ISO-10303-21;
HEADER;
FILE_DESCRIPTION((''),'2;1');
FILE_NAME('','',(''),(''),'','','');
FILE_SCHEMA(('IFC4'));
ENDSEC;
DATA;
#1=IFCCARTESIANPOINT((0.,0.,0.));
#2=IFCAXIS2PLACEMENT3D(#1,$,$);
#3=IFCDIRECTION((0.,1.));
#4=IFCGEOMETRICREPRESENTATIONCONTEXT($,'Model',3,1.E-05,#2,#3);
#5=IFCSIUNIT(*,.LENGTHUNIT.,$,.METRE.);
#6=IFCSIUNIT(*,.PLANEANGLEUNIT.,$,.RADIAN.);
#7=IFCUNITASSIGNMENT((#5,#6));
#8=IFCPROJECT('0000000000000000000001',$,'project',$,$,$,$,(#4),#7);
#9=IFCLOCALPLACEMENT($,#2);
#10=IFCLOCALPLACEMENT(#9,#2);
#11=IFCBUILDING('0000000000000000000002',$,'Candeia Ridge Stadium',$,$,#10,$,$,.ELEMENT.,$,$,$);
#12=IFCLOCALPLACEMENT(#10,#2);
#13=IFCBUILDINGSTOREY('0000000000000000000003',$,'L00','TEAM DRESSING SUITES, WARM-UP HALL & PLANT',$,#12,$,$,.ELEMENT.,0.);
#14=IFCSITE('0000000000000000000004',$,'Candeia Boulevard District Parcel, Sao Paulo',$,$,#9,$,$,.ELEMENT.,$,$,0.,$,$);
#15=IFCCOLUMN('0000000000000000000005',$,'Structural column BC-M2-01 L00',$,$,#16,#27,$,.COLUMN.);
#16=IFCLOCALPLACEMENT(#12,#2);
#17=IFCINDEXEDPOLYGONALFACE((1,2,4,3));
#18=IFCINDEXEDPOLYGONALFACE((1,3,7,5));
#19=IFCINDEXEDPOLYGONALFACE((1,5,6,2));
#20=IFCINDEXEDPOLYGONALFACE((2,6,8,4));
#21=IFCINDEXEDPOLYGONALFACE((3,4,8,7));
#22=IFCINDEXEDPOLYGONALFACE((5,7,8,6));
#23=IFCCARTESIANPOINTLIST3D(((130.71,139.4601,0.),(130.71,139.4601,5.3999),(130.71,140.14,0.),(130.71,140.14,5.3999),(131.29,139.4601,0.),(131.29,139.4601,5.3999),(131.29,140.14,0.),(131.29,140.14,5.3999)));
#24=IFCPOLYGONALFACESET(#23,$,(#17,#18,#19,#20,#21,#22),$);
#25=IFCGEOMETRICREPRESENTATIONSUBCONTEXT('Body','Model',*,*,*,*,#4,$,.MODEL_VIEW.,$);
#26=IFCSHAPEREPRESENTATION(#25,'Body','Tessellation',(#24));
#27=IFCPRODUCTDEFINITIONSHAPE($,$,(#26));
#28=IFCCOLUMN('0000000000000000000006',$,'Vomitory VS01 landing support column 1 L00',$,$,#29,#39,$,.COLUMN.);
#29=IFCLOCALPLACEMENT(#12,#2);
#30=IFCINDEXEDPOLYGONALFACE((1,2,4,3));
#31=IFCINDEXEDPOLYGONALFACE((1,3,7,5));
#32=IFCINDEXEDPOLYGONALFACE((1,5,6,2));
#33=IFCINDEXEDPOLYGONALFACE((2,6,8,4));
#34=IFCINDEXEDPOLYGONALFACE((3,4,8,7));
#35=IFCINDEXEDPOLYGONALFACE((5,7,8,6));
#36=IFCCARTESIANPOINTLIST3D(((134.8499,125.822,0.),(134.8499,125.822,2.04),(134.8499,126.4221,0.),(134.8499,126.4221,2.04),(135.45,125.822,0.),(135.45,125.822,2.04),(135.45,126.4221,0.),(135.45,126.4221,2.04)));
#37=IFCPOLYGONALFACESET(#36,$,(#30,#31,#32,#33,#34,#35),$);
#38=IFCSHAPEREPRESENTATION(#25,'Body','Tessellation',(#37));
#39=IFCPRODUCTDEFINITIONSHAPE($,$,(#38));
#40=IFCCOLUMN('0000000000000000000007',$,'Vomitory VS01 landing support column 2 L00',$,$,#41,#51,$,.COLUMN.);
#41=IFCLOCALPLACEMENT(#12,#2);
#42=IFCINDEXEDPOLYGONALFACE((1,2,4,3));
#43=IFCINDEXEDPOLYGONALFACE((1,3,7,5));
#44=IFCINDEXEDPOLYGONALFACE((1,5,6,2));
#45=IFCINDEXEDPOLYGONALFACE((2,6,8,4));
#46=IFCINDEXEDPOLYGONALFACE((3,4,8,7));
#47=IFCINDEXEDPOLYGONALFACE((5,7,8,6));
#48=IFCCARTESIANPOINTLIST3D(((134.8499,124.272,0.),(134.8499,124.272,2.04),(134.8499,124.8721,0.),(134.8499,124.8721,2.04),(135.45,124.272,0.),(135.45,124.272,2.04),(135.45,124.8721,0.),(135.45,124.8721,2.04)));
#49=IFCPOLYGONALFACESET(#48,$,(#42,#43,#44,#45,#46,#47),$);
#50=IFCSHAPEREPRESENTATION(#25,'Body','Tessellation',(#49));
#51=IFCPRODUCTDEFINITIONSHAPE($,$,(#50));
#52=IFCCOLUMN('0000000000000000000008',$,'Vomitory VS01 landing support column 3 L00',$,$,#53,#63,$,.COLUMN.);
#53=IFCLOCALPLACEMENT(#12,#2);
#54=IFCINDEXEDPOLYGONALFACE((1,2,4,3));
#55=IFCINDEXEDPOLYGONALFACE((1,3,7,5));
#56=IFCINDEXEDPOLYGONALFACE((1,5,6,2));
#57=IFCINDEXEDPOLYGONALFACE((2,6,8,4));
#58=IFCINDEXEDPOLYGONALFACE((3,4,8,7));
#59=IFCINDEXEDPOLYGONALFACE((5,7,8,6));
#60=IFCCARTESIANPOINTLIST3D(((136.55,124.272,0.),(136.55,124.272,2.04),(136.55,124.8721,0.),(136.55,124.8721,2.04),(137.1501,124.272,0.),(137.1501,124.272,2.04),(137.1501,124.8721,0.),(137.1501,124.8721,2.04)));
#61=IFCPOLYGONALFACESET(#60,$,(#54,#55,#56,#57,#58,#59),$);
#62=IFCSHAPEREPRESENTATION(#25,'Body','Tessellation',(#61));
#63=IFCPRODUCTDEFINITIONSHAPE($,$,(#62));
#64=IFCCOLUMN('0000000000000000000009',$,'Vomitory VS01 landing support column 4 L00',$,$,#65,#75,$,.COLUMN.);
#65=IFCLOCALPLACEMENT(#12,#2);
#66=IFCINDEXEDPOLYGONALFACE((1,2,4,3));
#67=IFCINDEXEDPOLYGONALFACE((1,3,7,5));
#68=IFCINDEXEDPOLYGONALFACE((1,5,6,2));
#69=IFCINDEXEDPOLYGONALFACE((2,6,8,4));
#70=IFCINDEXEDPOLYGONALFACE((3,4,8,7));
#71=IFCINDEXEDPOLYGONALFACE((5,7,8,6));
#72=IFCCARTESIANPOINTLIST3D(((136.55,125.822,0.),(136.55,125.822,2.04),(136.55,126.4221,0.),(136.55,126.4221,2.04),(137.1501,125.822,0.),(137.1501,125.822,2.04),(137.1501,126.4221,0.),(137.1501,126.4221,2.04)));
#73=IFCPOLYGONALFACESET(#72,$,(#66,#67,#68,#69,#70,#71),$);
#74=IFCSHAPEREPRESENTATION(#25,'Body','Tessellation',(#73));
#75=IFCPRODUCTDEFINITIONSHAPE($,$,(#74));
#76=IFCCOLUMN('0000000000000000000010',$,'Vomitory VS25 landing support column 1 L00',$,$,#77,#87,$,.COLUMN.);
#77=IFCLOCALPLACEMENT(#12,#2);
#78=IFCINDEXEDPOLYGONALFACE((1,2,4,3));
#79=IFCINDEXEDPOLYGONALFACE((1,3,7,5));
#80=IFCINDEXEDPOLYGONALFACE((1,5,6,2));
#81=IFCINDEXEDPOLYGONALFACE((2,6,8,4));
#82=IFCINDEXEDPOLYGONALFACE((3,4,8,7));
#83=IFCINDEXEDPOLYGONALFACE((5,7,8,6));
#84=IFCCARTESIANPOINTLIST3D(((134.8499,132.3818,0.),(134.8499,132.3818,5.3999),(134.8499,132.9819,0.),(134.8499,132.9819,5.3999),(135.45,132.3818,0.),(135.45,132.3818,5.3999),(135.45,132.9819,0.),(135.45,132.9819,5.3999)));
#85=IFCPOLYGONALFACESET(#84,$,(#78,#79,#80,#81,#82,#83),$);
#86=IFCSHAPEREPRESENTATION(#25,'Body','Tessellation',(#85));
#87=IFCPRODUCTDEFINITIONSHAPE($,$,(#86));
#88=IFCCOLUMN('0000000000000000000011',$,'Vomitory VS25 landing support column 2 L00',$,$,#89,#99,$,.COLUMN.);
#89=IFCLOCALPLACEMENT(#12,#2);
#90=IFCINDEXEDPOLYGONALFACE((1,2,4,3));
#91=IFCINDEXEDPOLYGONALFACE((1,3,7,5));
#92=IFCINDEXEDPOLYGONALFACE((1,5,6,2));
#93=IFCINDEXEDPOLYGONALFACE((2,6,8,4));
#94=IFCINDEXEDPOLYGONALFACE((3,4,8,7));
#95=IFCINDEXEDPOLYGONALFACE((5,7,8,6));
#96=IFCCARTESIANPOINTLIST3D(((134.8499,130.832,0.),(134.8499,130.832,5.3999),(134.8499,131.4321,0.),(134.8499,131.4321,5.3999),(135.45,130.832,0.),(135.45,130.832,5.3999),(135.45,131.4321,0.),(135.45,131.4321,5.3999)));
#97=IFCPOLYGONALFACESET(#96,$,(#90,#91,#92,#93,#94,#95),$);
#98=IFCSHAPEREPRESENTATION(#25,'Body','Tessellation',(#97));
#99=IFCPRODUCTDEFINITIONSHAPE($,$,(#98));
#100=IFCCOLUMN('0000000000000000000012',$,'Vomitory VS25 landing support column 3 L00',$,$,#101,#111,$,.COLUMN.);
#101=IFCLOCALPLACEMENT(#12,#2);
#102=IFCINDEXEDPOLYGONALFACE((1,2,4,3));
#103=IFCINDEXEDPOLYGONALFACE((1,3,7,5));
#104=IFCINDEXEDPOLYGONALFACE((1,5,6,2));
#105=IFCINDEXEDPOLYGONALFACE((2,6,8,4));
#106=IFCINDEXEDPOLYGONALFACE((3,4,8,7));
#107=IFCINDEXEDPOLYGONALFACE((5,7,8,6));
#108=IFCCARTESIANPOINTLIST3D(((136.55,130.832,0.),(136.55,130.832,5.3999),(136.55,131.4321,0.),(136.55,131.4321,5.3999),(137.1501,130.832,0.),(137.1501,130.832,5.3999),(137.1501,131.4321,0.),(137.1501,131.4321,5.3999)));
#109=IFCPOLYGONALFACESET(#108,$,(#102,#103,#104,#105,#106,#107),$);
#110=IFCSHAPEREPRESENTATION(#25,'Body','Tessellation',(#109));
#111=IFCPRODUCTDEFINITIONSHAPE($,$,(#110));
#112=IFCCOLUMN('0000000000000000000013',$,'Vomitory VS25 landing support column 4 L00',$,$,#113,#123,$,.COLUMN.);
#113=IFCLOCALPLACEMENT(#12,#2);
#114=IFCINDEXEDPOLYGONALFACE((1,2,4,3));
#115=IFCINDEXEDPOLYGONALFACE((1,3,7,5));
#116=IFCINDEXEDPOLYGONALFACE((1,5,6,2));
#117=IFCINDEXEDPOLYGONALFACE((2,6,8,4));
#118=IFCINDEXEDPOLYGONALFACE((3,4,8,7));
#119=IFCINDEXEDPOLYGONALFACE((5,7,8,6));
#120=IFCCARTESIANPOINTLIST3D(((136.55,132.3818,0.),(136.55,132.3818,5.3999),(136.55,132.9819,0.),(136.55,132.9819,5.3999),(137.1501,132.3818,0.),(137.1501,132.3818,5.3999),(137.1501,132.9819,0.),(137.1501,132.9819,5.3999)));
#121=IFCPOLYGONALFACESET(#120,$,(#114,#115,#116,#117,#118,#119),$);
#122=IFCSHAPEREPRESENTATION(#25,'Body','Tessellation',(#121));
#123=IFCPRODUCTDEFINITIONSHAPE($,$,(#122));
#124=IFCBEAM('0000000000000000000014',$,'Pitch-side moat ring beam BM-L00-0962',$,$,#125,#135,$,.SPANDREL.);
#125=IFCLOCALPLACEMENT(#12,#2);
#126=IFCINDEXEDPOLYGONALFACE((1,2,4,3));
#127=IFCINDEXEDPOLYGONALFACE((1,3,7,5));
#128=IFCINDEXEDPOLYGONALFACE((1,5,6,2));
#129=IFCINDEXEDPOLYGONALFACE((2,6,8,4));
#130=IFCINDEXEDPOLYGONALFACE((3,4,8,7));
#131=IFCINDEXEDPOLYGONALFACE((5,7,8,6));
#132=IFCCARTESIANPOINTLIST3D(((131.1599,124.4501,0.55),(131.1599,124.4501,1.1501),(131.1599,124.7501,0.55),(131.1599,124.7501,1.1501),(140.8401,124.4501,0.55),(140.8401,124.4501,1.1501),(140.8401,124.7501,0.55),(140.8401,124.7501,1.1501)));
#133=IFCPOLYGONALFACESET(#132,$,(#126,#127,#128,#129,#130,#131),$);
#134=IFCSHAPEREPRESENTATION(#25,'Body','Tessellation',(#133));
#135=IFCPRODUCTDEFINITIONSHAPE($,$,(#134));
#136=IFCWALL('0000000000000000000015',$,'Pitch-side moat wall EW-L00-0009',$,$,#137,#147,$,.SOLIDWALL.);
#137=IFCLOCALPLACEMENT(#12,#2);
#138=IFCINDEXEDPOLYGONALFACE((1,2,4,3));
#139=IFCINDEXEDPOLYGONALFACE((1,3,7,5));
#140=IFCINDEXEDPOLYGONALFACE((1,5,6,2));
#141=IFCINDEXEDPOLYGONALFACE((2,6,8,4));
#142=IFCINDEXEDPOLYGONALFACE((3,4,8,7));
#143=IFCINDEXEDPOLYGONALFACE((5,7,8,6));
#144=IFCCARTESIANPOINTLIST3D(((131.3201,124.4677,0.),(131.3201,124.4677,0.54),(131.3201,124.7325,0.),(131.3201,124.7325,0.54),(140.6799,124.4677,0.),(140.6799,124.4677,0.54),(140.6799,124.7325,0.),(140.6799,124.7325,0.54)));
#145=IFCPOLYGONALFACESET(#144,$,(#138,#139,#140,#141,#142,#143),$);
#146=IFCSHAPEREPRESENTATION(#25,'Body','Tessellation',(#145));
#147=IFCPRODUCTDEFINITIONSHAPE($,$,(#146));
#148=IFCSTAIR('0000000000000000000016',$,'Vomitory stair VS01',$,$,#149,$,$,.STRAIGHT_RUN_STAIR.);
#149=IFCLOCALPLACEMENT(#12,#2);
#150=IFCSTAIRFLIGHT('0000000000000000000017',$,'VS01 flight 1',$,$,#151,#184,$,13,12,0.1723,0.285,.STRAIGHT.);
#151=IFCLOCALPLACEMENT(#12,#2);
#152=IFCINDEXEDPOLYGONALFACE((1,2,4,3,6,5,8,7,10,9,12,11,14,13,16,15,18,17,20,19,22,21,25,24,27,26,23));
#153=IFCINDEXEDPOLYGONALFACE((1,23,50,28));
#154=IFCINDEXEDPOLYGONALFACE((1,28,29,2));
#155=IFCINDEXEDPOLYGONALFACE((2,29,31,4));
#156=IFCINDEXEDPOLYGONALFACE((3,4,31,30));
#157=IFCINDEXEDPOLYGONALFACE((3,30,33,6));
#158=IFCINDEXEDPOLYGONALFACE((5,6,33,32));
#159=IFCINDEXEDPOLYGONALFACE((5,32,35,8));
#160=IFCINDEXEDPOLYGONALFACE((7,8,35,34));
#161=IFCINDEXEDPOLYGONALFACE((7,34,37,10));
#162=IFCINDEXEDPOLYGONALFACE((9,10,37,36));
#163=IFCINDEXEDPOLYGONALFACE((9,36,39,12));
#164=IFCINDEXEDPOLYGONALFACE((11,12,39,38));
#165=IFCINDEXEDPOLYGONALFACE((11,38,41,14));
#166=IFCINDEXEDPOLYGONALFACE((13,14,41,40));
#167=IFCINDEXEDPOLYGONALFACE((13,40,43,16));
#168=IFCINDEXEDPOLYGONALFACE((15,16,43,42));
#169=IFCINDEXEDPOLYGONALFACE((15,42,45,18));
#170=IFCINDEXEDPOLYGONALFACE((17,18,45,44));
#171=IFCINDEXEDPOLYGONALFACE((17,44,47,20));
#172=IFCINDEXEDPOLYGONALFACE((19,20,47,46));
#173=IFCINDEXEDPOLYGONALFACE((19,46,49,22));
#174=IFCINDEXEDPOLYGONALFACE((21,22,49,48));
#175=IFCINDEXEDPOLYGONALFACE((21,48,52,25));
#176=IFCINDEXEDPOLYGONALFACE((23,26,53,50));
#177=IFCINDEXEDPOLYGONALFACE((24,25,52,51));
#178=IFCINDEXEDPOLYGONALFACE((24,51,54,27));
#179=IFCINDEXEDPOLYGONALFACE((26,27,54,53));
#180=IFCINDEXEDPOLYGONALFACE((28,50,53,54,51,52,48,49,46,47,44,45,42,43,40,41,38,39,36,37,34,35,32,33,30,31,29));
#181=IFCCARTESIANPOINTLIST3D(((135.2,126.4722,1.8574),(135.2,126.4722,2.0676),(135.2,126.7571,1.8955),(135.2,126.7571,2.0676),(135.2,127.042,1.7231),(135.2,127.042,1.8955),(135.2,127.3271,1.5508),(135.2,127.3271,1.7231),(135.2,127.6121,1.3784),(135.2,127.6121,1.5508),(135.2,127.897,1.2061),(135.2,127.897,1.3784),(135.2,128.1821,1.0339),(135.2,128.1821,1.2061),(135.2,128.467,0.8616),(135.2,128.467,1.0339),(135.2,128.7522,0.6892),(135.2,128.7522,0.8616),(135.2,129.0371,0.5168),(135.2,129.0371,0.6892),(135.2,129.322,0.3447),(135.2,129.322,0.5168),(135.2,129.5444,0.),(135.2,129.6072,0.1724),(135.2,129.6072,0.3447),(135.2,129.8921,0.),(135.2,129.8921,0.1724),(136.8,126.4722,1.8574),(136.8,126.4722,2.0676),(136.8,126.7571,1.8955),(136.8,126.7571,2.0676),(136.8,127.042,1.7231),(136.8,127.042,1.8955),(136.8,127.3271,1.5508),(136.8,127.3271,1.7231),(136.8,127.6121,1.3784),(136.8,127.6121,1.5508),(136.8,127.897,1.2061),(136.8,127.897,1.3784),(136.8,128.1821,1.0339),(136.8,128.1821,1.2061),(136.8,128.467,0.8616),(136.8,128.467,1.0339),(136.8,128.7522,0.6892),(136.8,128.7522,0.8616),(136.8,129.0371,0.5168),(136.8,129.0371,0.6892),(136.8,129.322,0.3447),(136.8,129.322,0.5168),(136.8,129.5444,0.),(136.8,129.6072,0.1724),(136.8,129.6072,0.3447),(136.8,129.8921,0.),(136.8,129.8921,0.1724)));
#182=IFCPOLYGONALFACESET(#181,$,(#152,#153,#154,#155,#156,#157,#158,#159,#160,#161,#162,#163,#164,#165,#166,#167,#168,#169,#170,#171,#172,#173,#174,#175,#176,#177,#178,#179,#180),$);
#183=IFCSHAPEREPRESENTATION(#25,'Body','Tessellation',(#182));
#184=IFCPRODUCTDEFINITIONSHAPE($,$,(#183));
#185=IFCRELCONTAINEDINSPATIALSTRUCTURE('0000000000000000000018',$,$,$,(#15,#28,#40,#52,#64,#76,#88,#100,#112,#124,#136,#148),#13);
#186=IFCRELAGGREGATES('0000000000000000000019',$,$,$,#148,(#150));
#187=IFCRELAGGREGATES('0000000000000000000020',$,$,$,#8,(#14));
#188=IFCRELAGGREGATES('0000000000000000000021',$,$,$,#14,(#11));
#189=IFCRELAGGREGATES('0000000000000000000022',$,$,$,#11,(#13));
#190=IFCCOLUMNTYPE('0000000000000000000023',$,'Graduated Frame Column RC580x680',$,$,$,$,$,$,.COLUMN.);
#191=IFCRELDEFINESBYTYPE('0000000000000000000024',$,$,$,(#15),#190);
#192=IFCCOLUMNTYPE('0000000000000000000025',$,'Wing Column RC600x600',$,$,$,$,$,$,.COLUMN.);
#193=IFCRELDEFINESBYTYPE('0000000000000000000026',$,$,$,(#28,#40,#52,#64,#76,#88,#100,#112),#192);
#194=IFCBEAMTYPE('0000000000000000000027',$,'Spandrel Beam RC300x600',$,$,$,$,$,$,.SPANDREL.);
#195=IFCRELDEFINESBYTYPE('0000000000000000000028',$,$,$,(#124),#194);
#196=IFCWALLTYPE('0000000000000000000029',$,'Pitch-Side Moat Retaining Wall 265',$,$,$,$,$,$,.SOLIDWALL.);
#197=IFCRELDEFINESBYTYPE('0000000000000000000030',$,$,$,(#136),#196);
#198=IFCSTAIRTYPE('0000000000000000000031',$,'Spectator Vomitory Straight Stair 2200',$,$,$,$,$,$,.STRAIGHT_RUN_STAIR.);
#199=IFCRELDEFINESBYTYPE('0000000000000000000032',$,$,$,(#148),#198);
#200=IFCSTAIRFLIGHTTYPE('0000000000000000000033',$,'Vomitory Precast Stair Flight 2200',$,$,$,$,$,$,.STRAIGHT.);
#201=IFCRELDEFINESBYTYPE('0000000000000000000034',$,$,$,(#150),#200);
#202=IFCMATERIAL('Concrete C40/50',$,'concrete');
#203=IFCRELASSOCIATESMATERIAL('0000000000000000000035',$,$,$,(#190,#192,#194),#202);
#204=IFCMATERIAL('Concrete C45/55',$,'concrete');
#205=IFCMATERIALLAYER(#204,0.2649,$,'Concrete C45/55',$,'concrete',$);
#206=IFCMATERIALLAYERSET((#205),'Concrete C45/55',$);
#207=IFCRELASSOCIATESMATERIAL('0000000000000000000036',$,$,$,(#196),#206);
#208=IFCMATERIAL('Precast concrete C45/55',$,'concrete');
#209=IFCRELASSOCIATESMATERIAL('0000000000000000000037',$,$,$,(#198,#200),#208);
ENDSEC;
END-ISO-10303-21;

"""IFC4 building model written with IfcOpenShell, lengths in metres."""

from ifc_helpers import new_model, si_unit, direction, frame, frame_2d, origin, origin_2d, place, context, subcontext, project, spatial, polyline, rectangle, outline, extrude, material, layer, layer_set, material_profile, profile_set, type_object, element, aggregate, save


model = new_model("IFC4")

# Units and contexts
model_context = context("Model", 3, precision=1e-05, world=origin(), true_north=direction((0.0, 1.0)))
body_context = subcontext(model_context, "Body", "Model", "MODEL_VIEW")
ifc_project = project(units=[si_unit("LENGTHUNIT", "METRE"), si_unit("PLANEANGLEUNIT", "RADIAN")], contexts=[model_context])

# Site, building, storey
site_placement = place(None, origin())
site = spatial("IfcSite", under=ifc_project, at=site_placement, Name="Candeia Boulevard District Parcel, Sao Paulo", CompositionType="ELEMENT", RefElevation=0.0)
building_placement = place(site_placement, origin())
building = spatial("IfcBuilding", under=site, at=building_placement, Name="Candeia Ridge Stadium", CompositionType="ELEMENT")
storey_placement = place(building_placement, origin())
storey = spatial("IfcBuildingStorey", under=building, at=storey_placement, Name="L00", Description="TEAM DRESSING SUITES, WARM-UP HALL & PLANT", CompositionType="ELEMENT", Elevation=0.0)

# Shared definitions
ifc_material_1 = material(Name="Concrete C40/50", Category="concrete")

# Columns
ifc_material_profile_1 = material_profile(ifc_material_1, rectangle(XDim=0.5801, YDim=0.6799, at=origin_2d()), Name="RC580x680", Category="concrete")
ifc_profile_set_1 = profile_set([ifc_material_profile_1], Name="Concrete C40/50")
column_type_1 = type_object("IfcColumnType", Name="Graduated Frame Column RC580x680", PredefinedType="COLUMN", material=ifc_profile_set_1)
column_placement = place(storey_placement, frame((131.0, 139.8, 0.0), z_axis=(0.0, 0.0, 1.0), x_axis=(1.0, 0.0, 0.0)))
element("IfcColumn", 1, at=column_placement, inside=storey, type_object=column_type_1, Name="Structural column BC-M2-01 L00", PredefinedType="COLUMN", context=body_context, shape_type="SweptSolid", body=[
    extrude(rectangle(XDim=0.5801, YDim=0.6799, at=origin_2d()), origin(), (0.0, 0.0, 1.0), 5.3999),
])
ifc_material_profile_2 = material_profile(ifc_material_1, rectangle(XDim=0.6001, YDim=0.6001, at=origin_2d()), Name="RC600x600", Category="concrete")
ifc_profile_set_2 = profile_set([ifc_material_profile_2], Name="Concrete C40/50")
column_type_2 = type_object("IfcColumnType", Name="Wing Column RC600x600", PredefinedType="COLUMN", material=ifc_profile_set_2)
for number, where, z_axis, x_axis, name in (
    (2, (135.1499, 126.1221, 0.0), (0.0, 0.0, 1.0), (1.0, 0.0, 0.0), "Vomitory VS01 landing support column 1 L00"),
    (3, (135.1499, 124.572, 0.0), (0.0, 0.0, 1.0), (1.0, 0.0, 0.0), "Vomitory VS01 landing support column 2 L00"),
    (4, (136.8501, 124.572, 0.0), (0.0, 0.0, 1.0), (1.0, 0.0, 0.0), "Vomitory VS01 landing support column 3 L00"),
    (5, (136.8501, 126.1221, 0.0), (0.0, 0.0, 1.0), (1.0, 0.0, 0.0), "Vomitory VS01 landing support column 4 L00"),
):
    element("IfcColumn", number, at=place(storey_placement, frame(where, z_axis=z_axis, x_axis=x_axis)), inside=storey, type_object=column_type_2, Name=name, PredefinedType="COLUMN", context=body_context, shape_type="SweptSolid", body=[
        extrude(rectangle(XDim=0.6001, YDim=0.6001, at=origin_2d()), origin(), (0.0, 0.0, 1.0), 2.04),
    ])
for number, where, z_axis, x_axis, name in (
    (6, (135.1499, 132.6819, 0.0), (0.0, 0.0, 1.0), (1.0, 0.0, 0.0), "Vomitory VS25 landing support column 1 L00"),
    (7, (135.1499, 131.1321, 0.0), (0.0, 0.0, 1.0), (1.0, 0.0, 0.0), "Vomitory VS25 landing support column 2 L00"),
    (8, (136.8501, 131.1321, 0.0), (0.0, 0.0, 1.0), (1.0, 0.0, 0.0), "Vomitory VS25 landing support column 3 L00"),
    (9, (136.8501, 132.6819, 0.0), (0.0, 0.0, 1.0), (1.0, 0.0, 0.0), "Vomitory VS25 landing support column 4 L00"),
):
    element("IfcColumn", number, at=place(storey_placement, frame(where, z_axis=z_axis, x_axis=x_axis)), inside=storey, type_object=column_type_2, Name=name, PredefinedType="COLUMN", context=body_context, shape_type="SweptSolid", body=[
        extrude(rectangle(XDim=0.6001, YDim=0.6001, at=origin_2d()), origin(), (0.0, 0.0, 1.0), 5.3999),
    ])

# Beam
ifc_material_profile_3 = material_profile(ifc_material_1, rectangle(XDim=0.3, YDim=0.6001, at=origin_2d()), Name="RC300x600", Category="concrete")
ifc_profile_set_3 = profile_set([ifc_material_profile_3], Name="Concrete C40/50")
beam_type = type_object("IfcBeamType", Name="Spandrel Beam RC300x600", PredefinedType="SPANDREL", material=ifc_profile_set_3)
beam_placement = place(storey_placement, frame((140.8401, 124.6001, 0.8501), z_axis=(-1.0, 0.0, 0.0), x_axis=(0.0, -1.0, 0.0)))
element("IfcBeam", 10, at=beam_placement, inside=storey, type_object=beam_type, Name="Pitch-side moat ring beam BM-L00-0962", PredefinedType="SPANDREL", context=body_context, shape_type="SweptSolid", body=[
    extrude(rectangle(XDim=0.3, YDim=0.6001, at=origin_2d()), origin(), (0.0, 0.0, 1.0), 9.6802),
])

# Wall
ifc_material_2 = material(Name="Concrete C45/55", Category="concrete")
ifc_layer_1 = layer(ifc_material_2, 0.2649, Name="Concrete C45/55", Category="concrete")
ifc_layer_set_1 = layer_set([ifc_layer_1], Name="Concrete C45/55")
wall_type = type_object("IfcWallType", Name="Pitch-Side Moat Retaining Wall 265", PredefinedType="SOLIDWALL", material=ifc_layer_set_1)
wall_placement = place(storey_placement, frame((140.6799, 124.6001, 0.0), z_axis=(0.0, 0.0, 1.0), x_axis=(-1.0, 0.0, 0.0)))
element("IfcWall", 11, at=wall_placement, inside=storey, type_object=wall_type, Name="Pitch-side moat wall EW-L00-0009", PredefinedType="SOLIDWALL", context=body_context, shape_type="SweptSolid", body=[
    extrude(rectangle(XDim=9.3599, YDim=0.2649, at=frame_2d((4.6799, 0.0))), origin(), (0.0, 0.0, 1.0), 0.54),
])

# Stair, stair flight
ifc_material_3 = material(Name="Precast concrete C45/55", Category="concrete")
stair_type = type_object("IfcStairType", Name="Spectator Vomitory Straight Stair 2200", PredefinedType="STRAIGHT_RUN_STAIR", material=ifc_material_3)
stair_placement = place(storey_placement, origin())
stair = element("IfcStair", 12, at=stair_placement, inside=storey, type_object=stair_type, Name="Vomitory stair VS01", PredefinedType="STRAIGHT_RUN_STAIR")
stair_flight_type = type_object("IfcStairFlightType", Name="Vomitory Precast Stair Flight 2200", PredefinedType="STRAIGHT", material=ifc_material_3)
stair_flight_placement = place(storey_placement, frame((136.0, 129.8921, 0.0), z_axis=(0.0, 0.0, 1.0), x_axis=(0.0, -1.0, 0.0)))
stair_flight = element("IfcStairFlight", 13, at=stair_flight_placement, type_object=stair_flight_type, Name="VS01 flight 1", NumberOfRisers=13, NumberOfTreads=12, PredefinedType="STRAIGHT", RiserHeight=0.1723, TreadLength=0.285, context=body_context, shape_type="SweptSolid", body=[
    extrude(outline(polyline([(0.0, 0.0), (0.0, 0.1724), (0.2849, 0.1724), (0.2849, 0.3447), (0.5701, 0.3447), (0.5701, 0.5168), (0.855, 0.5168), (0.855, 0.6892), (1.1399, 0.6892), (1.1399, 0.8616), (1.425, 0.8616), (1.425, 1.0339), (1.71, 1.0339), (1.71, 1.2061), (1.9951, 1.2061), (1.9951, 1.3784), (2.28, 1.3784), (2.28, 1.5508), (2.5649, 1.5508), (2.5649, 1.7231), (2.8501, 1.7231), (2.8501, 1.8955), (3.135, 1.8955), (3.135, 2.0676), (3.4199, 2.0676), (3.4199, 2.24), (3.4199, 1.8574), (0.3477, 0.0), (0.0, 0.0)])), frame((0.0, 0.8, 0.0), z_axis=(0.0, -1.0, 0.0), x_axis=(1.0, 0.0, 0.0)), (0.0, 0.0, 1.0), 1.6001),
])
aggregate(stair, [stair_flight])

save(model, "model.ifc")
